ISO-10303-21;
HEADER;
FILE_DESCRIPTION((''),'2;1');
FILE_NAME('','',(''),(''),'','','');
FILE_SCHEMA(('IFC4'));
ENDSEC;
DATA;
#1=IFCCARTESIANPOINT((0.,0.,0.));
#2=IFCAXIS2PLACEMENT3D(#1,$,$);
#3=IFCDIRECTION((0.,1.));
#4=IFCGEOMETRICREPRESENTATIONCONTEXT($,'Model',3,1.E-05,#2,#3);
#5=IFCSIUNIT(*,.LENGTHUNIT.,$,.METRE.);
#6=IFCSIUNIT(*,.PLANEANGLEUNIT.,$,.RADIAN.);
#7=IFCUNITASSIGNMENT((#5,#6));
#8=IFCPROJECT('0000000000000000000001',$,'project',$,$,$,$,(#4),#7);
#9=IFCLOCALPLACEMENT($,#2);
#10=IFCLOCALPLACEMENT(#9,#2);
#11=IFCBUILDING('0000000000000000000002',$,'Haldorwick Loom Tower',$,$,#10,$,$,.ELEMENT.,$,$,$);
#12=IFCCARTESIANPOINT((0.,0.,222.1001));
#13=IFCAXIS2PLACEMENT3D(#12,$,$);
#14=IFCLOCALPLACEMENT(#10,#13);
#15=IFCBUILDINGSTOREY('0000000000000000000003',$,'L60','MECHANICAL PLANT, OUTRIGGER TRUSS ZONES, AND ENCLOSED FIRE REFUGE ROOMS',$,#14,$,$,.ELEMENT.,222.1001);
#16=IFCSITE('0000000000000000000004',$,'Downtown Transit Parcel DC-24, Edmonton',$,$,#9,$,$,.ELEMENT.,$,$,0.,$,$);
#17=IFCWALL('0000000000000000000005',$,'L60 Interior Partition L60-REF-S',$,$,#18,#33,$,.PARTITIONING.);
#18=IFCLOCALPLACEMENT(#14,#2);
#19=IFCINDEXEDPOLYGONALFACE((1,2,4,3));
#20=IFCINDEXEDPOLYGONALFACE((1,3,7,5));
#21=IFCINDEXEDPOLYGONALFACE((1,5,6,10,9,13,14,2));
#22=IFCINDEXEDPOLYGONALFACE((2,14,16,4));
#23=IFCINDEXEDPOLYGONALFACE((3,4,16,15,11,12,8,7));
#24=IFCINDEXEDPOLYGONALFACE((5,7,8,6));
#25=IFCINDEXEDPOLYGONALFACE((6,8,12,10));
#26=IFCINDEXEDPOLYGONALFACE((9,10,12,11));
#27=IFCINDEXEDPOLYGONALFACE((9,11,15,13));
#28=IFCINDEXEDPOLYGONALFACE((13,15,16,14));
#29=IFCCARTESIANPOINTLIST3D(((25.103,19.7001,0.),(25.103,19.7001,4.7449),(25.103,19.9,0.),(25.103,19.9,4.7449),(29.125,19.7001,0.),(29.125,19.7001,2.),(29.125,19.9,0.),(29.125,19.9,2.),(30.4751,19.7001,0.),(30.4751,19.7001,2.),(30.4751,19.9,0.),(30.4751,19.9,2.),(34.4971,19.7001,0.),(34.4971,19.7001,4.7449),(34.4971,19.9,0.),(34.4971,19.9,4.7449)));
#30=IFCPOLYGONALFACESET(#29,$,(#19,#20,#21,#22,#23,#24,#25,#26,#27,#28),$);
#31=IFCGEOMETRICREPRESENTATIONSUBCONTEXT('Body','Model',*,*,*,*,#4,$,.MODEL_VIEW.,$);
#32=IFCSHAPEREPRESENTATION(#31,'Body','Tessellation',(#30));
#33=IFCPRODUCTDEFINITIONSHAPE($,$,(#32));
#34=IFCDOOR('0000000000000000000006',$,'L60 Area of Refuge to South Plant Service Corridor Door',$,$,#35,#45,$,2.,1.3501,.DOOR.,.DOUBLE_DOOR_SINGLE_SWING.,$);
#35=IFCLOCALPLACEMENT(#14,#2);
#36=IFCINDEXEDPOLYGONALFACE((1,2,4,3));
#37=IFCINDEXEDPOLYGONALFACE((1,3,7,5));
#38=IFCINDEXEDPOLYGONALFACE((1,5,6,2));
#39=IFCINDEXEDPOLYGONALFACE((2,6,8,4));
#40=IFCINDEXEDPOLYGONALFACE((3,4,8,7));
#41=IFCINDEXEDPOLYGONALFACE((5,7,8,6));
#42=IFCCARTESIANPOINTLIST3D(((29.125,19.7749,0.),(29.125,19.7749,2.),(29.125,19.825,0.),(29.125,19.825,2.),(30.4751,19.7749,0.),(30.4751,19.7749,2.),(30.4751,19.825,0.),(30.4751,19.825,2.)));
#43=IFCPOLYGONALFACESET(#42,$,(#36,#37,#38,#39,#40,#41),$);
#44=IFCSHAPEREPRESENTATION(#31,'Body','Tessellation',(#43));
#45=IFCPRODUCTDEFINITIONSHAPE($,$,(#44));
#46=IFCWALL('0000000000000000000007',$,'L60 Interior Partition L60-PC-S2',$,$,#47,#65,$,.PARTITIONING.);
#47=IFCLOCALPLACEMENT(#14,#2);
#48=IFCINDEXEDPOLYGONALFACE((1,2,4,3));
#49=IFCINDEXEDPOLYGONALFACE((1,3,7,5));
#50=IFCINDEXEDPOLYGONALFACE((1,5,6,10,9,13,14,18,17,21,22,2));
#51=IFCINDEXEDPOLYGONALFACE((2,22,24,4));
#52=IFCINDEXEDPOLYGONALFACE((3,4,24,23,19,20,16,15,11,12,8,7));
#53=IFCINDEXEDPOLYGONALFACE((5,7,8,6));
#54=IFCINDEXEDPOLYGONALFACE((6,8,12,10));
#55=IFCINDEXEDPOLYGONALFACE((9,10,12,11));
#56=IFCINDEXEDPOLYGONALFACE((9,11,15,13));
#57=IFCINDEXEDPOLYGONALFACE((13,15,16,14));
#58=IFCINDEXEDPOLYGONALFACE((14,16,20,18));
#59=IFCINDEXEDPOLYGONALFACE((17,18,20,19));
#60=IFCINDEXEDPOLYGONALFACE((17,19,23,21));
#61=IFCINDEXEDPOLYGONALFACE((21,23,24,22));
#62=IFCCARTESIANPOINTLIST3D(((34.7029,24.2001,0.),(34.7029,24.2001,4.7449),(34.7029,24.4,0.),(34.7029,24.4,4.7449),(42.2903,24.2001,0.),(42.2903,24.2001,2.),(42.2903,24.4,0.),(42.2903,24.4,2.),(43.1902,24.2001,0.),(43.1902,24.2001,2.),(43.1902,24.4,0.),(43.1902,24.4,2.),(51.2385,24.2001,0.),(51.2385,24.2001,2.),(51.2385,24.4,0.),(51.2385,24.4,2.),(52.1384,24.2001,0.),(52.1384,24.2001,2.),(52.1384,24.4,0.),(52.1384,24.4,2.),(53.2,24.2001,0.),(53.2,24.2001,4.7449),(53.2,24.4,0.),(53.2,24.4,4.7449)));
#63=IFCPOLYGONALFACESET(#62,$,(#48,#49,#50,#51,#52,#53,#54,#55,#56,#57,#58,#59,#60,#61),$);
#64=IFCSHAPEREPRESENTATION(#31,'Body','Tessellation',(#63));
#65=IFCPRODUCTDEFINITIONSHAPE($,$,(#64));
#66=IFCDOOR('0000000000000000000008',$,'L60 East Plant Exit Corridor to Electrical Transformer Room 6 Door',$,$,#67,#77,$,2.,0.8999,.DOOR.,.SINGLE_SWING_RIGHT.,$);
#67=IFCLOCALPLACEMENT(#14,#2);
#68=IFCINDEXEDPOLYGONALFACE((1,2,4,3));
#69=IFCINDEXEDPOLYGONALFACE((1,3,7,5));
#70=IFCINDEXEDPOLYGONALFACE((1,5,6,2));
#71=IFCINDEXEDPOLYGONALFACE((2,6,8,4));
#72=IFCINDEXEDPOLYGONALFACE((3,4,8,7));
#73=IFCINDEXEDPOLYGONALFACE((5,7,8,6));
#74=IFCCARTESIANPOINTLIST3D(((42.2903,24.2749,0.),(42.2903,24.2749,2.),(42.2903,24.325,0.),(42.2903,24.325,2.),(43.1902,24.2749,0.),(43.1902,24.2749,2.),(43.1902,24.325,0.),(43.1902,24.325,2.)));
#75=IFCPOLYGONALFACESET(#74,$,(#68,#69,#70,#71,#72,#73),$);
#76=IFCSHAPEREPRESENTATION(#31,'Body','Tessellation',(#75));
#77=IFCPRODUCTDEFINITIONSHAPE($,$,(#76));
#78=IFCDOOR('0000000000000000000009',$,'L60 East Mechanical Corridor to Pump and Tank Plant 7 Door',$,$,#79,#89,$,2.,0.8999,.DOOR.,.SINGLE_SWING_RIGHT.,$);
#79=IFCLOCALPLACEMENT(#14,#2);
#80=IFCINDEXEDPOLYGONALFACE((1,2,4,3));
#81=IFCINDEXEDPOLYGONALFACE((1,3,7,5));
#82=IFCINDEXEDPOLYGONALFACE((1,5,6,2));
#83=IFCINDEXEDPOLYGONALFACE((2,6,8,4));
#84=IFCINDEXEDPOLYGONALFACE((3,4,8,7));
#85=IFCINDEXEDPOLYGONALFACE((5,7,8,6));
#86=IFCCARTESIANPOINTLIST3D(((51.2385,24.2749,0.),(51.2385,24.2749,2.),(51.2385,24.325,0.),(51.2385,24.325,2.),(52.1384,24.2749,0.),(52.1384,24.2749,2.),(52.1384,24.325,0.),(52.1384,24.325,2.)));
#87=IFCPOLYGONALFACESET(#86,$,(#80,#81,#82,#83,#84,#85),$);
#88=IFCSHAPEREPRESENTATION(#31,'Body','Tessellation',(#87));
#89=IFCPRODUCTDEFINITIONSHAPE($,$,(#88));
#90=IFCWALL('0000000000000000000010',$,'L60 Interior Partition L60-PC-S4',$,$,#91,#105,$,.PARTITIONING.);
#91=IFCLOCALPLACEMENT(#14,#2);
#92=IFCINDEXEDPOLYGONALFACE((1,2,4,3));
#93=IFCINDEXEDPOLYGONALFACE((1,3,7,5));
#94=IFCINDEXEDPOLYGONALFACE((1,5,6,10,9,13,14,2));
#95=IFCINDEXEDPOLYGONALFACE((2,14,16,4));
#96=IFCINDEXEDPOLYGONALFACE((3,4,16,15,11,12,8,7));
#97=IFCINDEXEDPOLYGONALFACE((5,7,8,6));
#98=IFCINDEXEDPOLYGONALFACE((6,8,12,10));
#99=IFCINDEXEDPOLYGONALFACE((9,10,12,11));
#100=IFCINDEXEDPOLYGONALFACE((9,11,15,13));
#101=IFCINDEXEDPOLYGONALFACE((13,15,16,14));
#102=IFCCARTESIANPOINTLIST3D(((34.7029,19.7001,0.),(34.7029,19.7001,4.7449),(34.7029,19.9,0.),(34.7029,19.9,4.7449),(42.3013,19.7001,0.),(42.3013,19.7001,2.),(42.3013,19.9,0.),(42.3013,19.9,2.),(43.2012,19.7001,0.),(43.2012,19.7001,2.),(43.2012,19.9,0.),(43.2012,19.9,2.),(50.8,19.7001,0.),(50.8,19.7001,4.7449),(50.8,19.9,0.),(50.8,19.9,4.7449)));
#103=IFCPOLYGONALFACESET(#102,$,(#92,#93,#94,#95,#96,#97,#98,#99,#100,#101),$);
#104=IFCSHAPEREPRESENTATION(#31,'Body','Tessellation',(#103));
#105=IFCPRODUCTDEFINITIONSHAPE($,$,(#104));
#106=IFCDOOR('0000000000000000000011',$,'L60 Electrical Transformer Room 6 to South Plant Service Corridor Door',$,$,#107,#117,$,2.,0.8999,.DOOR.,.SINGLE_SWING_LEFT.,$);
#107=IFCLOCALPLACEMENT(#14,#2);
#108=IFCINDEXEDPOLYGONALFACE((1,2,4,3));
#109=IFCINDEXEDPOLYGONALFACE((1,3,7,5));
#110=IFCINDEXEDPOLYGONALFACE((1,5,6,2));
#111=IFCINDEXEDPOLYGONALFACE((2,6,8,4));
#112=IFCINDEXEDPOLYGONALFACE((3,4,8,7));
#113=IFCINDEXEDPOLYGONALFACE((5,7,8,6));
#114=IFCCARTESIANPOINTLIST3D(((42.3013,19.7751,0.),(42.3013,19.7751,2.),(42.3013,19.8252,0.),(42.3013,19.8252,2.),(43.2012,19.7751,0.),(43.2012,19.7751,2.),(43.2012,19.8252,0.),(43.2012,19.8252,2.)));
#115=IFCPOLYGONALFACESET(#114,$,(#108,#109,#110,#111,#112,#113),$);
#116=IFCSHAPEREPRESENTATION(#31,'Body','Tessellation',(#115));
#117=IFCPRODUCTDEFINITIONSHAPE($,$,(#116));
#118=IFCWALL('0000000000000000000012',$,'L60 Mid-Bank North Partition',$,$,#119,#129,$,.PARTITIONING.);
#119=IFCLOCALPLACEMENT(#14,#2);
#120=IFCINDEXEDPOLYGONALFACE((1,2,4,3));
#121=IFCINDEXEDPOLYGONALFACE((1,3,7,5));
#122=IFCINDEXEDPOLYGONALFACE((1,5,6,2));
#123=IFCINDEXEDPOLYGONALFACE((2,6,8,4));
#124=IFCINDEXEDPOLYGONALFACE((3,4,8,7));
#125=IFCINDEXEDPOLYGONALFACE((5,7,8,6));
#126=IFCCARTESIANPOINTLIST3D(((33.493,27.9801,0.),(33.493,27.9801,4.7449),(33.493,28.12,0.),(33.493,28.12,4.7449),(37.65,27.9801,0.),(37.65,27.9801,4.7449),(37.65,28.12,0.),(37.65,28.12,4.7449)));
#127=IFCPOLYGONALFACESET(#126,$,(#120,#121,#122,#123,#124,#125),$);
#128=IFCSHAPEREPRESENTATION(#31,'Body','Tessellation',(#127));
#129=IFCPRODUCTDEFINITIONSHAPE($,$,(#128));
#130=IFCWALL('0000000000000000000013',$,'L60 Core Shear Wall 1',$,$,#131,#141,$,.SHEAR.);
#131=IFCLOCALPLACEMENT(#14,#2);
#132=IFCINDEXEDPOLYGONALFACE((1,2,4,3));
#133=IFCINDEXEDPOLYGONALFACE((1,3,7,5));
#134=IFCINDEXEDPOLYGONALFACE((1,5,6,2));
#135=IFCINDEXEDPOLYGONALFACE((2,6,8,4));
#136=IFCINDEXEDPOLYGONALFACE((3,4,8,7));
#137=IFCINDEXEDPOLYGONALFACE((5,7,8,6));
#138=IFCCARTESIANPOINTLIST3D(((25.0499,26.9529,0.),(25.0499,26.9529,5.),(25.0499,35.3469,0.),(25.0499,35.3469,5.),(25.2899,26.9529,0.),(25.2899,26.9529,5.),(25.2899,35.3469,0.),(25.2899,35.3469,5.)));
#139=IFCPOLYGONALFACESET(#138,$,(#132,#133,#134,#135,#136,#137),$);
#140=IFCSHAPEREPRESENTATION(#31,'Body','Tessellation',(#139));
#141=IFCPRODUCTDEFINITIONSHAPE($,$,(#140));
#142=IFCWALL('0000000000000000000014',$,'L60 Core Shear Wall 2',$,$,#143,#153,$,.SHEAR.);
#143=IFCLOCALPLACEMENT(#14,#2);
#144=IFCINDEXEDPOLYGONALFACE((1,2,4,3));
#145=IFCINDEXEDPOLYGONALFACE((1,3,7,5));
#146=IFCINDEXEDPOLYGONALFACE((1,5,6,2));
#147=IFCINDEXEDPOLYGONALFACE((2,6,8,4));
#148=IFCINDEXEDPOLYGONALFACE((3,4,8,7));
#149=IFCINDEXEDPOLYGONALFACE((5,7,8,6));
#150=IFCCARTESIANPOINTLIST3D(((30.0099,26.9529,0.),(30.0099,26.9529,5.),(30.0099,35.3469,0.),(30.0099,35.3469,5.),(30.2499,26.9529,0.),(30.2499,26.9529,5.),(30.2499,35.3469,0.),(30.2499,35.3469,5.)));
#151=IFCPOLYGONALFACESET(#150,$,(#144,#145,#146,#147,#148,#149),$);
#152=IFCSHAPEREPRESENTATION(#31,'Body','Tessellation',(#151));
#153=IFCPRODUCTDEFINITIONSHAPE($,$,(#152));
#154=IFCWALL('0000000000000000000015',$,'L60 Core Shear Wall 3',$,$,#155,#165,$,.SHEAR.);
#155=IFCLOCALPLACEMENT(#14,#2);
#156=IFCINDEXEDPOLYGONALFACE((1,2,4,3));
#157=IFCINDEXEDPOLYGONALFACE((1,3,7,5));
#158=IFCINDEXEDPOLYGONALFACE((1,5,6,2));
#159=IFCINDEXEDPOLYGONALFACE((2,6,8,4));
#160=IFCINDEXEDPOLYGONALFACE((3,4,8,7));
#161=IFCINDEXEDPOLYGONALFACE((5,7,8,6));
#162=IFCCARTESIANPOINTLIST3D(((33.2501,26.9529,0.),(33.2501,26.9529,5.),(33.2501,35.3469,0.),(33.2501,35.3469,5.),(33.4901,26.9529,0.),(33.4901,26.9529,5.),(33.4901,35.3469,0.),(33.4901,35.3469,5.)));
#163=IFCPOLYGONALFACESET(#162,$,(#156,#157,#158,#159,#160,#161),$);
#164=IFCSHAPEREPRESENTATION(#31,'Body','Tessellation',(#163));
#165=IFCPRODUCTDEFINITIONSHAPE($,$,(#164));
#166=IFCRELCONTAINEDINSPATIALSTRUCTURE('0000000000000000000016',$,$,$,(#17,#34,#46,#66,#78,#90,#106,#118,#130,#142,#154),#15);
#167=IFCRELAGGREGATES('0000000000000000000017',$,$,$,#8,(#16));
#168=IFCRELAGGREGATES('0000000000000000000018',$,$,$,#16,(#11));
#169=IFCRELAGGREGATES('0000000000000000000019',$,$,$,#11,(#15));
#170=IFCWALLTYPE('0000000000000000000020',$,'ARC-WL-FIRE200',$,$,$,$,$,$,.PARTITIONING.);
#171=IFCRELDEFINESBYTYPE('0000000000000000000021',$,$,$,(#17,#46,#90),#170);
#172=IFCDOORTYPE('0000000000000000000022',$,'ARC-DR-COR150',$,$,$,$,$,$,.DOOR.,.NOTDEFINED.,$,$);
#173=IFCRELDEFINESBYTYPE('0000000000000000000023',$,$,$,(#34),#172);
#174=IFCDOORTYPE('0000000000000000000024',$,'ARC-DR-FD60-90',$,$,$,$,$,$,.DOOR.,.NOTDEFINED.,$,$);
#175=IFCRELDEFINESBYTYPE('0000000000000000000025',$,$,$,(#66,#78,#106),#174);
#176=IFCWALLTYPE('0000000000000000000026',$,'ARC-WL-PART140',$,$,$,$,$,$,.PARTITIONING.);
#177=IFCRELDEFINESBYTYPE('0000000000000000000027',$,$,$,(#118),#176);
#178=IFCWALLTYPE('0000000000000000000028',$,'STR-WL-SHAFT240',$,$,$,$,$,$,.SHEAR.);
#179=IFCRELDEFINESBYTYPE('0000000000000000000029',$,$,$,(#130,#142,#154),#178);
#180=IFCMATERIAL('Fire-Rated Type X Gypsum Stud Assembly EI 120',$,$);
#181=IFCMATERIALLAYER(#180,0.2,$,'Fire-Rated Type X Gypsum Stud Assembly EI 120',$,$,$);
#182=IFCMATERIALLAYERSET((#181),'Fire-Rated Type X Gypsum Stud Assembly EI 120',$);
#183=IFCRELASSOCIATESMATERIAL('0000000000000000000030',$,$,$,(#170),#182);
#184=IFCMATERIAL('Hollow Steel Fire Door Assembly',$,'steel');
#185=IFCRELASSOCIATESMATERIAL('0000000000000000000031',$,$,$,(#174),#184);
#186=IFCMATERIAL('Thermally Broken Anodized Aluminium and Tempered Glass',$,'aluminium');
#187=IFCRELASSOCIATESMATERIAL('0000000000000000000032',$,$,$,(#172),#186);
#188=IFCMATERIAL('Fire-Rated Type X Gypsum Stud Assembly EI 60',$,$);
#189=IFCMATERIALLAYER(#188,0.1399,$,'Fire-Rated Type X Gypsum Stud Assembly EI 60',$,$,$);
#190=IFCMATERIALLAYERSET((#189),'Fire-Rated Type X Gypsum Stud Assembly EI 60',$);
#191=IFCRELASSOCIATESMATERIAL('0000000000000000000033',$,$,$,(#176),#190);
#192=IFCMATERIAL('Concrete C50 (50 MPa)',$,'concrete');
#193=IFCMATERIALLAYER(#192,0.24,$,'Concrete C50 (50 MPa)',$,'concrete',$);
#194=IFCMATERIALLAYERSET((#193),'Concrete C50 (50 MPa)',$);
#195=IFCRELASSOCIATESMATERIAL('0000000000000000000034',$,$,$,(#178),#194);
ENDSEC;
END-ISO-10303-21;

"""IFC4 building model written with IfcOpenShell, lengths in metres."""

from ifc_helpers import new_model, si_unit, direction, frame, frame_2d, origin, place, context, subcontext, project, spatial, rectangle, extrude, material, layer, layer_set, type_object, element, fill, save


model = new_model("IFC4")

# Units and contexts
model_context = context("Model", 3, precision=1e-05, world=origin(), true_north=direction((0.0, 1.0)))
body_context = subcontext(model_context, "Body", "Model", "MODEL_VIEW")
ifc_project = project(units=[si_unit("LENGTHUNIT", "METRE"), si_unit("PLANEANGLEUNIT", "RADIAN")], contexts=[model_context])

# Site, building, storey
site_placement = place(None, origin())
site = spatial("IfcSite", under=ifc_project, at=site_placement, Name="Downtown Transit Parcel DC-24, Edmonton", CompositionType="ELEMENT", RefElevation=0.0)
building_placement = place(site_placement, origin())
building = spatial("IfcBuilding", under=site, at=building_placement, Name="Haldorwick Loom Tower", CompositionType="ELEMENT")
storey_placement = place(building_placement, frame((0.0, 0.0, 222.1001)))
storey = spatial("IfcBuildingStorey", under=building, at=storey_placement, Name="L60", Description="MECHANICAL PLANT, OUTRIGGER TRUSS ZONES, AND ENCLOSED FIRE REFUGE ROOMS", CompositionType="ELEMENT", Elevation=222.1001)

# Shared definitions
ifc_material_1 = material(Name="Concrete C50 (50 MPa)", Category="concrete")

# Shared definitions
ifc_material_2 = material(Name="Fire-Rated Type X Gypsum Stud Assembly EI 120")
ifc_layer_1 = layer(ifc_material_2, 0.2, Name="Fire-Rated Type X Gypsum Stud Assembly EI 120")
ifc_layer_set_1 = layer_set([ifc_layer_1], Name="Fire-Rated Type X Gypsum Stud Assembly EI 120")
wall_type_1 = type_object("IfcWallType", Name="ARC-WL-FIRE200", PredefinedType="PARTITIONING", material=ifc_layer_set_1)
ifc_material_3 = material(Name="Hollow Steel Fire Door Assembly", Category="steel")
door_type_1 = type_object("IfcDoorType", Name="ARC-DR-FD60-90", OperationType="NOTDEFINED", PredefinedType="DOOR", material=ifc_material_3)

# Wall, opening, door
wall_1_placement = place(storey_placement, frame((25.103, 19.8, 0.0), z_axis=(0.0, 0.0, 1.0), x_axis=(1.0, 0.0, 0.0)))
wall_1 = element("IfcWall", 1, at=wall_1_placement, inside=storey, type_object=wall_type_1, Name="L60 Interior Partition L60-REF-S", PredefinedType="PARTITIONING", context=body_context, shape_type="SweptSolid", body=[
    extrude(rectangle(XDim=9.394, YDim=0.2, at=frame_2d((4.697, 0.0))), origin(), (0.0, 0.0, 1.0), 4.7449),
])
opening_1_placement = place(wall_1_placement, frame((4.022, 0.0, 0.0)))
opening_1 = element("IfcOpeningElement", 2, at=opening_1_placement, cuts=wall_1, PredefinedType="OPENING", context=body_context, shape_type="SweptSolid", body=[
    extrude(rectangle(XDim=1.3501, YDim=2.0, at=frame_2d((0.675, 1.0))), frame((0.0, 0.1099, 0.0), z_axis=(0.0, -1.0, 0.0), x_axis=(1.0, 0.0, 0.0)), (0.0, 0.0, 1.0), 0.22),
])
ifc_material_4 = material(Name="Thermally Broken Anodized Aluminium and Tempered Glass", Category="aluminium")
door_type_2 = type_object("IfcDoorType", Name="ARC-DR-COR150", OperationType="NOTDEFINED", PredefinedType="DOOR", material=ifc_material_4)
door_1_placement = place(opening_1_placement, origin())
door_1 = element("IfcDoor", 3, at=door_1_placement, inside=storey, type_object=door_type_2, Name="L60 Area of Refuge to South Plant Service Corridor Door", OperationType="DOUBLE_DOOR_SINGLE_SWING", OverallHeight=2.0, OverallWidth=1.3501, PredefinedType="DOOR", context=body_context, shape_type="SweptSolid", body=[
    extrude(rectangle(XDim=1.3501, YDim=2.0, at=frame_2d((0.675, 1.0))), frame((0.0, 0.0249, 0.0), z_axis=(0.0, -1.0, 0.0), x_axis=(1.0, 0.0, 0.0)), (0.0, 0.0, 1.0), 0.05),
])
fill(opening_1, door_1)

# Wall, openings, doors
wall_2_placement = place(storey_placement, frame((34.7029, 24.3, 0.0), z_axis=(0.0, 0.0, 1.0), x_axis=(1.0, 0.0, 0.0)))
wall_2 = element("IfcWall", 4, at=wall_2_placement, inside=storey, type_object=wall_type_1, Name="L60 Interior Partition L60-PC-S2", PredefinedType="PARTITIONING", context=body_context, shape_type="SweptSolid", body=[
    extrude(rectangle(XDim=18.4971, YDim=0.2, at=frame_2d((9.2485, 0.0))), origin(), (0.0, 0.0, 1.0), 4.7449),
])
opening_2_placement = place(wall_2_placement, frame((7.5874, 0.0, 0.0)))
opening_2 = element("IfcOpeningElement", 5, at=opening_2_placement, cuts=wall_2, PredefinedType="OPENING", context=body_context, shape_type="SweptSolid", body=[
    extrude(rectangle(XDim=0.8999, YDim=2.0, at=frame_2d((0.45, 1.0))), frame((0.0, 0.1099, 0.0), z_axis=(0.0, -1.0, 0.0), x_axis=(1.0, 0.0, 0.0)), (0.0, 0.0, 1.0), 0.22),
])
opening_3_placement = place(wall_2_placement, frame((16.5356, 0.0, 0.0)))
opening_3 = element("IfcOpeningElement", 6, at=opening_3_placement, cuts=wall_2, PredefinedType="OPENING", context=body_context, shape_type="SweptSolid", body=[
    extrude(rectangle(XDim=0.8999, YDim=2.0, at=frame_2d((0.45, 1.0))), frame((0.0, 0.1099, 0.0), z_axis=(0.0, -1.0, 0.0), x_axis=(1.0, 0.0, 0.0)), (0.0, 0.0, 1.0), 0.22),
])
door_2_placement = place(opening_2_placement, origin())
door_2 = element("IfcDoor", 7, at=door_2_placement, inside=storey, type_object=door_type_1, Name="L60 East Plant Exit Corridor to Electrical Transformer Room 6 Door", OperationType="SINGLE_SWING_RIGHT", OverallHeight=2.0, OverallWidth=0.8999, PredefinedType="DOOR", context=body_context, shape_type="SweptSolid", body=[
    extrude(rectangle(XDim=0.8999, YDim=2.0, at=frame_2d((0.45, 1.0))), frame((0.0, 0.0249, 0.0), z_axis=(0.0, -1.0, 0.0), x_axis=(1.0, 0.0, 0.0)), (0.0, 0.0, 1.0), 0.05),
])
fill(opening_2, door_2)
door_3_placement = place(opening_3_placement, origin())
door_3 = element("IfcDoor", 8, at=door_3_placement, inside=storey, type_object=door_type_1, Name="L60 East Mechanical Corridor to Pump and Tank Plant 7 Door", OperationType="SINGLE_SWING_RIGHT", OverallHeight=2.0, OverallWidth=0.8999, PredefinedType="DOOR", context=body_context, shape_type="SweptSolid", body=[
    extrude(rectangle(XDim=0.8999, YDim=2.0, at=frame_2d((0.45, 1.0))), frame((0.0, 0.0249, 0.0), z_axis=(0.0, -1.0, 0.0), x_axis=(1.0, 0.0, 0.0)), (0.0, 0.0, 1.0), 0.05),
])
fill(opening_3, door_3)

# Wall, opening, door
wall_3_placement = place(storey_placement, frame((34.7029, 19.8, 0.0), z_axis=(0.0, 0.0, 1.0), x_axis=(1.0, 0.0, 0.0)))
wall_3 = element("IfcWall", 9, at=wall_3_placement, inside=storey, type_object=wall_type_1, Name="L60 Interior Partition L60-PC-S4", PredefinedType="PARTITIONING", context=body_context, shape_type="SweptSolid", body=[
    extrude(rectangle(XDim=16.0972, YDim=0.2, at=frame_2d((8.0486, 0.0))), origin(), (0.0, 0.0, 1.0), 4.7449),
])
opening_4_placement = place(wall_3_placement, frame((7.5984, 0.0, 0.0)))
opening_4 = element("IfcOpeningElement", 10, at=opening_4_placement, cuts=wall_3, PredefinedType="OPENING", context=body_context, shape_type="SweptSolid", body=[
    extrude(rectangle(XDim=0.8999, YDim=2.0, at=frame_2d((0.45, 1.0))), frame((0.0, 0.1099, 0.0), z_axis=(0.0, -1.0, 0.0), x_axis=(1.0, 0.0, 0.0)), (0.0, 0.0, 1.0), 0.22),
])
door_4_placement = place(opening_4_placement, frame((0.8999, 0.0, 0.0), z_axis=(0.0, 0.0, 1.0), x_axis=(-1.0, 0.0, 0.0)))
door_4 = element("IfcDoor", 11, at=door_4_placement, inside=storey, type_object=door_type_1, Name="L60 Electrical Transformer Room 6 to South Plant Service Corridor Door", OperationType="SINGLE_SWING_LEFT", OverallHeight=2.0, OverallWidth=0.8999, PredefinedType="DOOR", context=body_context, shape_type="SweptSolid", body=[
    extrude(rectangle(XDim=0.8999, YDim=2.0, at=frame_2d((0.45, 1.0))), frame((0.0, 0.0249, 0.0), z_axis=(0.0, -1.0, 0.0), x_axis=(1.0, 0.0, 0.0)), (0.0, 0.0, 1.0), 0.05),
])
fill(opening_4, door_4)

# Walls
ifc_material_5 = material(Name="Fire-Rated Type X Gypsum Stud Assembly EI 60")
ifc_layer_2 = layer(ifc_material_5, 0.1399, Name="Fire-Rated Type X Gypsum Stud Assembly EI 60")
ifc_layer_set_2 = layer_set([ifc_layer_2], Name="Fire-Rated Type X Gypsum Stud Assembly EI 60")
wall_type_2 = type_object("IfcWallType", Name="ARC-WL-PART140", PredefinedType="PARTITIONING", material=ifc_layer_set_2)
wall_4_placement = place(storey_placement, frame((33.4929, 28.05, 0.0), z_axis=(0.0, 0.0, 1.0), x_axis=(1.0, 0.0, 0.0)))
element("IfcWall", 12, at=wall_4_placement, inside=storey, type_object=wall_type_2, Name="L60 Mid-Bank North Partition", PredefinedType="PARTITIONING", context=body_context, shape_type="SweptSolid", body=[
    extrude(rectangle(XDim=4.157, YDim=0.1399, at=frame_2d((2.0786, 0.0))), origin(), (0.0, 0.0, 1.0), 4.7449),
])
ifc_layer_3 = layer(ifc_material_1, 0.24, Name="Concrete C50 (50 MPa)", Category="concrete")
ifc_layer_set_3 = layer_set([ifc_layer_3], Name="Concrete C50 (50 MPa)")
wall_type_3 = type_object("IfcWallType", Name="STR-WL-SHAFT240", PredefinedType="SHEAR", material=ifc_layer_set_3)
for number, where, z_axis, x_axis, name in (
    (13, (25.1699, 26.9529, 0.0), (0.0, 0.0, 1.0), (0.0, 1.0, 0.0), "L60 Core Shear Wall 1"),
    (14, (30.1299, 26.9529, 0.0), (0.0, 0.0, 1.0), (0.0, 1.0, 0.0), "L60 Core Shear Wall 2"),
    (15, (33.3701, 26.9529, 0.0), (0.0, 0.0, 1.0), (0.0, 1.0, 0.0), "L60 Core Shear Wall 3"),
):
    element("IfcWall", number, at=place(storey_placement, frame(where, z_axis=z_axis, x_axis=x_axis)), inside=storey, type_object=wall_type_3, Name=name, PredefinedType="SHEAR", context=body_context, shape_type="SweptSolid", body=[
        extrude(rectangle(XDim=8.394, YDim=0.24, at=frame_2d((4.197, 0.0))), origin(), (0.0, 0.0, 1.0), 5.0),
    ])

save(model, "model.ifc")
